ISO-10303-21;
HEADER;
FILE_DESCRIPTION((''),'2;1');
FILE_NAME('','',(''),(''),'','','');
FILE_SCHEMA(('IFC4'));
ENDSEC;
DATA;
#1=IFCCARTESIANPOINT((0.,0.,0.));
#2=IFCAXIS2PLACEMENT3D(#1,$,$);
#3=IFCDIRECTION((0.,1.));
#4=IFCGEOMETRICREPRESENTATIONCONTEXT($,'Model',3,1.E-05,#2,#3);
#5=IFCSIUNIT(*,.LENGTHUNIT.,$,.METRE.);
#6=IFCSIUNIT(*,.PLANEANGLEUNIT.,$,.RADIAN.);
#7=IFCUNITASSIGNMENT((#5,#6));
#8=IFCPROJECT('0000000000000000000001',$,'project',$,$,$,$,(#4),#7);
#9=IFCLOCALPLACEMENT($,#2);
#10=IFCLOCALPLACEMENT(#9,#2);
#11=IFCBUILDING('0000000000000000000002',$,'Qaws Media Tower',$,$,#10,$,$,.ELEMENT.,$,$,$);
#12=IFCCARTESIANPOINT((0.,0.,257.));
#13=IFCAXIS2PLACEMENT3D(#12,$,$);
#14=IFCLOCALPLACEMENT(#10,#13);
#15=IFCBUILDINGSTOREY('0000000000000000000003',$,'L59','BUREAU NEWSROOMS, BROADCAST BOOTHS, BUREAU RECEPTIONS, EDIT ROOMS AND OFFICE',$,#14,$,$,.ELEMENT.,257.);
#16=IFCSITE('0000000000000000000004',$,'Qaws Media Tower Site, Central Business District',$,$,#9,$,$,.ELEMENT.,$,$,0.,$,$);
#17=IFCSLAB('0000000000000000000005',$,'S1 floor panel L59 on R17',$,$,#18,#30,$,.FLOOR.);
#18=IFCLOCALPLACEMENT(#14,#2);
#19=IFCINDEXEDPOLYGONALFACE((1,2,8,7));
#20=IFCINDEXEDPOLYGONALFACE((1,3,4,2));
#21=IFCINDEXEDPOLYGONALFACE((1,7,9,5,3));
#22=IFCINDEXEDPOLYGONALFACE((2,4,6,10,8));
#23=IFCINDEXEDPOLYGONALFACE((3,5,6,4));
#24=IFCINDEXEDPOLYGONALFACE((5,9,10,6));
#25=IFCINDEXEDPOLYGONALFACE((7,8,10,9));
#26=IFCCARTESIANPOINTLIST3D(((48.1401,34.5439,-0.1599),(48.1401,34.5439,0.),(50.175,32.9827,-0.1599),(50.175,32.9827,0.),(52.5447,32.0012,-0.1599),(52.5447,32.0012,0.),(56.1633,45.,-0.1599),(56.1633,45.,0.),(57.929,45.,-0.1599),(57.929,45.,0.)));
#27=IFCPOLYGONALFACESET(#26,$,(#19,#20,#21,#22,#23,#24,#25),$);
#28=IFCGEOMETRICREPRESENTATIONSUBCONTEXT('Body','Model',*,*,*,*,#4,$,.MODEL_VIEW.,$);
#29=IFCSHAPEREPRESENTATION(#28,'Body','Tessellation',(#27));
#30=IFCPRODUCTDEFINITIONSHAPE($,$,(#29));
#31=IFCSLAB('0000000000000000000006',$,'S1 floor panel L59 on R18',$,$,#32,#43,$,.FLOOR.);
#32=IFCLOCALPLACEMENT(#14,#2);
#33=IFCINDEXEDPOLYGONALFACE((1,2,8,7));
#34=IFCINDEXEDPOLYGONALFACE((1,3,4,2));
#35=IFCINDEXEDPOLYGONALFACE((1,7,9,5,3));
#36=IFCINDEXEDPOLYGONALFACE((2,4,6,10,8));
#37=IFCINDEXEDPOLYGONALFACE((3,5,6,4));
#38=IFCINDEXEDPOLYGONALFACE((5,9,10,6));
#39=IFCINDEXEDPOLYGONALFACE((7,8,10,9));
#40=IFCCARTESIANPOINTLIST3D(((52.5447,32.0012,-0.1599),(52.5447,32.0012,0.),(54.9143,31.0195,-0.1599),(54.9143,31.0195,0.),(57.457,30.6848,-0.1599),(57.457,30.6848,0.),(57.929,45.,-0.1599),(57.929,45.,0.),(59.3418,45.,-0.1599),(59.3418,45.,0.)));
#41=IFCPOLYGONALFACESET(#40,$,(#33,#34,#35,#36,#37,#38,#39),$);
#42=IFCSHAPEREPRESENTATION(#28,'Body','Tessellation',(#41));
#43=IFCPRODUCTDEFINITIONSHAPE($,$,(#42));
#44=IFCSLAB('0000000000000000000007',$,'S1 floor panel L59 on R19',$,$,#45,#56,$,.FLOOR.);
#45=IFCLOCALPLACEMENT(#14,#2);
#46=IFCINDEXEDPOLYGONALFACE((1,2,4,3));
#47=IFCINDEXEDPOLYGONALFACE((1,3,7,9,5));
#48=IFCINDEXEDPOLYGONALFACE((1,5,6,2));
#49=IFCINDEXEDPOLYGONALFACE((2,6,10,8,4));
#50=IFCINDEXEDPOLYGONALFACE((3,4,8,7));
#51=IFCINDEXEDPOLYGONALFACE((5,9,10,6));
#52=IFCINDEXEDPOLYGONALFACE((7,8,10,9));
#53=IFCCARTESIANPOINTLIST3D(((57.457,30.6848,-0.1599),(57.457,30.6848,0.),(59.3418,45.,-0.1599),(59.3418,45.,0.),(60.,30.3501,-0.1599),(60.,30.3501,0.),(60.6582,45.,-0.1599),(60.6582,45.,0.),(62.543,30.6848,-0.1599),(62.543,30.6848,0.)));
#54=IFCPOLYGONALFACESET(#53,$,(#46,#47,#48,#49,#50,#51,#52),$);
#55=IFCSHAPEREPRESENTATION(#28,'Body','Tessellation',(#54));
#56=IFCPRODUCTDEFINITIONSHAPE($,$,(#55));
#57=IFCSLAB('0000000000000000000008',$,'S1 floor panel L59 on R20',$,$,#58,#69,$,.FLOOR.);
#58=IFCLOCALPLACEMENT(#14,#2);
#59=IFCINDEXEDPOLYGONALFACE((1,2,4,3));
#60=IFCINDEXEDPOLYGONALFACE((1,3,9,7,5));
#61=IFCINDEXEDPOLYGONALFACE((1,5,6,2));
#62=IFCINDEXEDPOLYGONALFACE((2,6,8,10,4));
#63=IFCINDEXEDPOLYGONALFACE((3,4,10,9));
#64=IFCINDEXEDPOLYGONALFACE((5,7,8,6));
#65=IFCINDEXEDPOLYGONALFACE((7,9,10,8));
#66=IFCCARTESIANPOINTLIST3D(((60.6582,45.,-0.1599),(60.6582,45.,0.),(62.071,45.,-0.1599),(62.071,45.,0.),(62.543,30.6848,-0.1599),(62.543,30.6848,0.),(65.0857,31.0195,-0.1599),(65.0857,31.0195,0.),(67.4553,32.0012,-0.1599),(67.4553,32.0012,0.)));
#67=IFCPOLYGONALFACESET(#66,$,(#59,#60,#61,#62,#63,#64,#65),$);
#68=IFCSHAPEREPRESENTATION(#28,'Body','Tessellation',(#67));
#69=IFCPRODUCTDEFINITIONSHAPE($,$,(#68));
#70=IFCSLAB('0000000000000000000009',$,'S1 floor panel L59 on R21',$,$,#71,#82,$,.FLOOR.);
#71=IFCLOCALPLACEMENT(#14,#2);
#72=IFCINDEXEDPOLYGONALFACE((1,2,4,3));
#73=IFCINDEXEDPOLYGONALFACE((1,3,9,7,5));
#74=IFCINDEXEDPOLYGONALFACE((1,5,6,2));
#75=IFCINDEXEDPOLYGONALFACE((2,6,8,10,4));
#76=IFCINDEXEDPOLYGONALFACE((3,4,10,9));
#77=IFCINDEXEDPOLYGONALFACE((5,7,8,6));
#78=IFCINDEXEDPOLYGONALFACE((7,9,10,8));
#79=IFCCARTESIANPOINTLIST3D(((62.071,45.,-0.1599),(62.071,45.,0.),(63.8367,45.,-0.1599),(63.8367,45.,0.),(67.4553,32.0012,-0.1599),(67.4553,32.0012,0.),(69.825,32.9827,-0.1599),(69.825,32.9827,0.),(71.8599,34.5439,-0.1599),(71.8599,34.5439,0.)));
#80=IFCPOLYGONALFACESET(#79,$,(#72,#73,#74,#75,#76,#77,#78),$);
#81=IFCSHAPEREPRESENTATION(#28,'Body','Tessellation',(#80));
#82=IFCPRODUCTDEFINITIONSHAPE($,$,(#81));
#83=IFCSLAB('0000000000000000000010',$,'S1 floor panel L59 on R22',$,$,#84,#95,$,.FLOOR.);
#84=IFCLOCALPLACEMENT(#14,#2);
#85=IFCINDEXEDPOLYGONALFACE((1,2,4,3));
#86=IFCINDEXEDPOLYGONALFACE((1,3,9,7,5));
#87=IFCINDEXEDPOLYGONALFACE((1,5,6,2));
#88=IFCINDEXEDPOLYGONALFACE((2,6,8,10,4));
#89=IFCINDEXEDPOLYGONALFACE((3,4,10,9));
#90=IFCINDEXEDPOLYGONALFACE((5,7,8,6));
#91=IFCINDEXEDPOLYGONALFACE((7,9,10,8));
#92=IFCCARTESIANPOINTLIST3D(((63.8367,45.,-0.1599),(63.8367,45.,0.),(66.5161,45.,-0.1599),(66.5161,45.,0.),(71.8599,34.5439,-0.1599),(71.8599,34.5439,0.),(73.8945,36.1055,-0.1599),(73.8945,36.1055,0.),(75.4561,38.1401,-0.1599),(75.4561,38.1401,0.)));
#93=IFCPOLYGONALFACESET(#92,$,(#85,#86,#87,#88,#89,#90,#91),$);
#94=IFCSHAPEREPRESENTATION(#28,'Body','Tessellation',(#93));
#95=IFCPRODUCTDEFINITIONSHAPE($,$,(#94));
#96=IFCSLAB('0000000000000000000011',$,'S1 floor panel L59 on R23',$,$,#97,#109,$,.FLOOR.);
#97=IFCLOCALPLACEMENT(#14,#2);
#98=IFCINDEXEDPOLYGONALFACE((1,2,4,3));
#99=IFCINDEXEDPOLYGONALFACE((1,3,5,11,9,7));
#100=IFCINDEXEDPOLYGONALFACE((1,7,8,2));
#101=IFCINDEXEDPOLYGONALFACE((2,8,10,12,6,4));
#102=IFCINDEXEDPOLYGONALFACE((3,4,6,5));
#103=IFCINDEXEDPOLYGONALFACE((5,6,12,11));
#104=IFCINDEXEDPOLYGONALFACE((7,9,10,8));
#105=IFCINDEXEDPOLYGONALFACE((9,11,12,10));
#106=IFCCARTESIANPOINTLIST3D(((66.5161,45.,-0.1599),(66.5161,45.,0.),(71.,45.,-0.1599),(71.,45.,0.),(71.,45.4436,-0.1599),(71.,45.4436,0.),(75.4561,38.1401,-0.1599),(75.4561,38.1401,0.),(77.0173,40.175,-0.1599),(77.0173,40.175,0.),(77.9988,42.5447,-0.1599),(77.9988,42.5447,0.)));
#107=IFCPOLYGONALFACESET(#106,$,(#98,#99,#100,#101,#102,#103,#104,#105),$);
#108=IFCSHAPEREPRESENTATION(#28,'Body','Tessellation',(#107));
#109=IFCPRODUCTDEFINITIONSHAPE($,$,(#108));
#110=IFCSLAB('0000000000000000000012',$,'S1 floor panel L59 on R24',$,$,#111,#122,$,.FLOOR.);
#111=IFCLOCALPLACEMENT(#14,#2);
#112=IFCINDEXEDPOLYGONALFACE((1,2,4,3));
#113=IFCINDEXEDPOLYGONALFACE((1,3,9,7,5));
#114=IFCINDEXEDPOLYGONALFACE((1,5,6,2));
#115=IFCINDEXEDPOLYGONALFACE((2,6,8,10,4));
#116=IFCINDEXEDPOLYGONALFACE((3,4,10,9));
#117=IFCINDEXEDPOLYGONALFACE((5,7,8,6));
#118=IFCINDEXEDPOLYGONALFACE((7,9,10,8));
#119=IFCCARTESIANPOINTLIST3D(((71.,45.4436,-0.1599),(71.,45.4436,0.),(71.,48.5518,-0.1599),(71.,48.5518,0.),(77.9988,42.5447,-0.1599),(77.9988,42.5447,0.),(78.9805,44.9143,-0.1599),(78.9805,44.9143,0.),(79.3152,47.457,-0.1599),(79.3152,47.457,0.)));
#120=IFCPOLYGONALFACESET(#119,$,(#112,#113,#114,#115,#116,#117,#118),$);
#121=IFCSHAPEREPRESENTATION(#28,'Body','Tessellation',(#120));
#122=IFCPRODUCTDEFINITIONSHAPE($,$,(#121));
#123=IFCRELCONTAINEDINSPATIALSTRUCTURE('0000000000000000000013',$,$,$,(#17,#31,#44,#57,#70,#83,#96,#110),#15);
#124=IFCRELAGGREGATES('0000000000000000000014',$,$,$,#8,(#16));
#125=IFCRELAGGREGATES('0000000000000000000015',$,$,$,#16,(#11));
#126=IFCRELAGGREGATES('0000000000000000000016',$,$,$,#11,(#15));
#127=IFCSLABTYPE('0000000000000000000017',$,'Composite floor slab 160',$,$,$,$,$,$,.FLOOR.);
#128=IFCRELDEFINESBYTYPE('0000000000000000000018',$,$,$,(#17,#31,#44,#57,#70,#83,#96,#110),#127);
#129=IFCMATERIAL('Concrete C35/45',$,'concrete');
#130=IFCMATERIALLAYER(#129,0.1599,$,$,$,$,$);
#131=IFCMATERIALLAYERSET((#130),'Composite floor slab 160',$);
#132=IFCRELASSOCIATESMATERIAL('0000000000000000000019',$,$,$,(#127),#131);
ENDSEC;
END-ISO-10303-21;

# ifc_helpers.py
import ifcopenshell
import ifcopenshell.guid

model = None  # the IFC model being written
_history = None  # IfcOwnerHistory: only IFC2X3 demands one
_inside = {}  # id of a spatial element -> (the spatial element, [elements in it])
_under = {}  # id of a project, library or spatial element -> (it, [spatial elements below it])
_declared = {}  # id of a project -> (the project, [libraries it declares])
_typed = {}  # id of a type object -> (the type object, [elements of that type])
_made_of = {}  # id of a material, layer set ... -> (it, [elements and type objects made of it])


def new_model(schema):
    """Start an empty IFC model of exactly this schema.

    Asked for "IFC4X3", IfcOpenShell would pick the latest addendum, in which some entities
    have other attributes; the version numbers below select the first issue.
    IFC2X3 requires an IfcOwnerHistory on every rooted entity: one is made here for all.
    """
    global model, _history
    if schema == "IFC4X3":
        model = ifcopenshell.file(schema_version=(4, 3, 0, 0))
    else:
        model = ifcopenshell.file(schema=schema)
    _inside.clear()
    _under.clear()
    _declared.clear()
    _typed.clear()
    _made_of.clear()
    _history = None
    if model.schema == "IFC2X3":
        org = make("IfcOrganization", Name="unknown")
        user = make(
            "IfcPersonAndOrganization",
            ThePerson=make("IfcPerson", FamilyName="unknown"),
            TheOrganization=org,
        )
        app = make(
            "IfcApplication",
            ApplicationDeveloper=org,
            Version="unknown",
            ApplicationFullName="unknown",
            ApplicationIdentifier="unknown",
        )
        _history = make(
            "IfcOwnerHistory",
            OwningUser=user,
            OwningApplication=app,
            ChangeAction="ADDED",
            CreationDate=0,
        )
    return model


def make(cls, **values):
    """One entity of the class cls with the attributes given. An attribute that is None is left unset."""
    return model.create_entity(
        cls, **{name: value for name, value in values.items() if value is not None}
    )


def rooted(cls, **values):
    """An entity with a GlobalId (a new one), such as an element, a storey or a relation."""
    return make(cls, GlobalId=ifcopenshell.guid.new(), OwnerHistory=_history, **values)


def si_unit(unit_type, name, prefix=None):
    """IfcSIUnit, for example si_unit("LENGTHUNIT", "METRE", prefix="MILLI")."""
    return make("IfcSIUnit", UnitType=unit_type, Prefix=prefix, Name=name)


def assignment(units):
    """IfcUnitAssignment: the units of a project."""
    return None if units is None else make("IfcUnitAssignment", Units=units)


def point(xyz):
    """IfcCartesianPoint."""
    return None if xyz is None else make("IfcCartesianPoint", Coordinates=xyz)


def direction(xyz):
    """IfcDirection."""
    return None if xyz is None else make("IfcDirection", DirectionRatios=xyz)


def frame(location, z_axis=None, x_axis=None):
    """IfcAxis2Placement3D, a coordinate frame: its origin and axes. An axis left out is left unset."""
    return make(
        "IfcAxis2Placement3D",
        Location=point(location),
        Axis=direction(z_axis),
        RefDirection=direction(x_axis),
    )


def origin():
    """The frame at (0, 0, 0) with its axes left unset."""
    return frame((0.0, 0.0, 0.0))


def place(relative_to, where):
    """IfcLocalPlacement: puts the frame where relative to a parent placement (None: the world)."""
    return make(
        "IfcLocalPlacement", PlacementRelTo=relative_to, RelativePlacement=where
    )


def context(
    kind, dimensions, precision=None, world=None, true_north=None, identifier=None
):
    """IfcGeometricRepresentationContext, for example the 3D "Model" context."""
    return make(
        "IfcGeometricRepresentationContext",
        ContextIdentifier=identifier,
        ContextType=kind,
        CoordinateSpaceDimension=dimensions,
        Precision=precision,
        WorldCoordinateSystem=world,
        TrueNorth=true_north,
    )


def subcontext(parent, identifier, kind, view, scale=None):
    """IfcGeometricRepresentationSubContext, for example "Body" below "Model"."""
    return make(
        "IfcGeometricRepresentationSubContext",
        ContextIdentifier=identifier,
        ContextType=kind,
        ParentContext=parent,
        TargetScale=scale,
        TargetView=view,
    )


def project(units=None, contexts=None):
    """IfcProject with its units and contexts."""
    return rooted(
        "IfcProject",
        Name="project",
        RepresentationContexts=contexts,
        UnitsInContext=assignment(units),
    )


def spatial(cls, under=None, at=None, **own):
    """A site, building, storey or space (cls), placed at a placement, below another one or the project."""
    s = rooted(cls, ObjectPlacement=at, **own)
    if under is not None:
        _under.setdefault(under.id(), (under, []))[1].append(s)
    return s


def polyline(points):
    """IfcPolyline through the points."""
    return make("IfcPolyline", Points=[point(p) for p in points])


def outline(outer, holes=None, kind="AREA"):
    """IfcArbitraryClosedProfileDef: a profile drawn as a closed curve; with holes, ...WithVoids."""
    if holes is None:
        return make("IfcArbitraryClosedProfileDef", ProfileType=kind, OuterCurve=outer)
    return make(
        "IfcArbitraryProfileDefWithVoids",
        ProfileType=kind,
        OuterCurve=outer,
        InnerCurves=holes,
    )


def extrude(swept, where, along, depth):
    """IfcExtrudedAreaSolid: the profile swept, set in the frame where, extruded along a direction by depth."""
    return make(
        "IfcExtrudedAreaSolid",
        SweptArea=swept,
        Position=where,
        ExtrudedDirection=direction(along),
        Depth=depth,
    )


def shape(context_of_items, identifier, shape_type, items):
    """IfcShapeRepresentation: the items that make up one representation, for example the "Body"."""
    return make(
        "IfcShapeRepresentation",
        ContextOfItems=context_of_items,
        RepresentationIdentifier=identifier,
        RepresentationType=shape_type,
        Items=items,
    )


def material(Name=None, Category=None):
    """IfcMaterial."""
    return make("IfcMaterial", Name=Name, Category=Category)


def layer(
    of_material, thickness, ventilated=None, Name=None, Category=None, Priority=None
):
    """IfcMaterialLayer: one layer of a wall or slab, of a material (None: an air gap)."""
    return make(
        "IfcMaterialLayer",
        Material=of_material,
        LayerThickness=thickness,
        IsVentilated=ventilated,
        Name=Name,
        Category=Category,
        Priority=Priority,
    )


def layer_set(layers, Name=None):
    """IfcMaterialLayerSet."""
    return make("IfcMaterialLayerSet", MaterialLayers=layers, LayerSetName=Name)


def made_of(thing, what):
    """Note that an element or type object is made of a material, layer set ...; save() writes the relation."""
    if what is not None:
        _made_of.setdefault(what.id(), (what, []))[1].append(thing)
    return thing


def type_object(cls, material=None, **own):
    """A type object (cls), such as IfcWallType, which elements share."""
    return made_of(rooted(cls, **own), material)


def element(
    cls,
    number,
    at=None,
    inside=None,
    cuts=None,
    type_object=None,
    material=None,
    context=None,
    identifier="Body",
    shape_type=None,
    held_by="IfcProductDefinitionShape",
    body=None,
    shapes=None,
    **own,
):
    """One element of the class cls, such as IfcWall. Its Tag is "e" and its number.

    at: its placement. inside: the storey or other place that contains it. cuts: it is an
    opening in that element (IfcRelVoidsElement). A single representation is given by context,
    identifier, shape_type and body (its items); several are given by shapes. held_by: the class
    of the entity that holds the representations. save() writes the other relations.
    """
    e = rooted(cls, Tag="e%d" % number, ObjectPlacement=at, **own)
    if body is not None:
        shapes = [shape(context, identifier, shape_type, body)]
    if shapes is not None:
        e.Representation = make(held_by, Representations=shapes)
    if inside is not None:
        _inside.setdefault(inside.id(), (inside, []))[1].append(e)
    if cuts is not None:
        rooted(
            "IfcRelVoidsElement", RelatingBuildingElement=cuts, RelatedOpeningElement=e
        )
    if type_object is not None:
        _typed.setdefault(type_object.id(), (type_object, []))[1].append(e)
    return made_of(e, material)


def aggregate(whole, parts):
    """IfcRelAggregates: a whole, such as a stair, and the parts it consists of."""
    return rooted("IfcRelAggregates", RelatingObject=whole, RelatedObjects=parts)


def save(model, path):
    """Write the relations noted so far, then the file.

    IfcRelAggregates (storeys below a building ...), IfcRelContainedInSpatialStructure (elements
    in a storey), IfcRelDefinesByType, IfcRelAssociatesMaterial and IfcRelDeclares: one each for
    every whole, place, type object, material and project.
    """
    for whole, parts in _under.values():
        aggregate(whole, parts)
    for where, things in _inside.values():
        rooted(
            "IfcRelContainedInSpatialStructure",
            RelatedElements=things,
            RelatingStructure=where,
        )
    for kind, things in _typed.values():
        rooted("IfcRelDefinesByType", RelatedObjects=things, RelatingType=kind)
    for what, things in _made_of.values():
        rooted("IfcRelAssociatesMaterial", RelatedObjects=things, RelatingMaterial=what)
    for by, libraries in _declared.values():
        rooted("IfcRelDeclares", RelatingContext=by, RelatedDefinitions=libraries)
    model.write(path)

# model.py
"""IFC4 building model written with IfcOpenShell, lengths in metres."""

from ifc_helpers import new_model, si_unit, direction, frame, origin, place, context, subcontext, project, spatial, polyline, outline, extrude, material, layer, layer_set, type_object, element, save


model = new_model("IFC4")

# Units and contexts
model_context = context("Model", 3, precision=1e-05, world=origin(), true_north=direction((0.0, 1.0)))
body_context = subcontext(model_context, "Body", "Model", "MODEL_VIEW")
ifc_project = project(units=[si_unit("LENGTHUNIT", "METRE"), si_unit("PLANEANGLEUNIT", "RADIAN")], contexts=[model_context])

# Site, building, storey
site_placement = place(None, origin())
site = spatial("IfcSite", under=ifc_project, at=site_placement, Name="Qaws Media Tower Site, Central Business District", CompositionType="ELEMENT", RefElevation=0.0)
building_placement = place(site_placement, origin())
building = spatial("IfcBuilding", under=site, at=building_placement, Name="Qaws Media Tower", CompositionType="ELEMENT")
storey_placement = place(building_placement, frame((0.0, 0.0, 257.0)))
storey = spatial("IfcBuildingStorey", under=building, at=storey_placement, Name="L59", Description="BUREAU NEWSROOMS, BROADCAST BOOTHS, BUREAU RECEPTIONS, EDIT ROOMS AND OFFICE", CompositionType="ELEMENT", Elevation=257.0)

# Slabs
ifc_material_1 = material(Name="Concrete C35/45", Category="concrete")
ifc_layer_1 = layer(ifc_material_1, 0.1599)
ifc_layer_set_1 = layer_set([ifc_layer_1], Name="Composite floor slab 160")
slab_type_1 = type_object("IfcSlabType", Name="Composite floor slab 160", PredefinedType="FLOOR", material=ifc_layer_set_1)
slab_1_placement = place(storey_placement, frame((0.0, 0.0, -0.1599)))
element("IfcSlab", 1, at=slab_1_placement, inside=storey, type_object=slab_type_1, Name="S1 floor panel L59 on R17", PredefinedType="FLOOR", context=body_context, shape_type="SweptSolid", body=[
    extrude(outline(polyline([(50.175, 32.9827), (48.1401, 34.5439), (56.1633, 45.0), (57.929, 45.0), (52.5447, 32.0012), (50.175, 32.9827)])), origin(), (0.0, 0.0, 1.0), 0.1599),
])
slab_2_placement = place(storey_placement, frame((0.0, 0.0, -0.1599)))
element("IfcSlab", 2, at=slab_2_placement, inside=storey, type_object=slab_type_1, Name="S1 floor panel L59 on R18", PredefinedType="FLOOR", context=body_context, shape_type="SweptSolid", body=[
    extrude(outline(polyline([(54.9143, 31.0195), (52.5447, 32.0012), (57.929, 45.0), (59.3418, 45.0), (57.457, 30.6848), (54.9143, 31.0195)])), origin(), (0.0, 0.0, 1.0), 0.1599),
])
slab_3_placement = place(storey_placement, frame((0.0, 0.0, -0.1599)))
element("IfcSlab", 3, at=slab_3_placement, inside=storey, type_object=slab_type_1, Name="S1 floor panel L59 on R19", PredefinedType="FLOOR", context=body_context, shape_type="SweptSolid", body=[
    extrude(outline(polyline([(60.0, 30.3501), (57.457, 30.6848), (59.3418, 45.0), (60.6582, 45.0), (62.543, 30.6848), (60.0, 30.3501)])), origin(), (0.0, 0.0, 1.0), 0.1599),
])
slab_4_placement = place(storey_placement, frame((0.0, 0.0, -0.1599)))
element("IfcSlab", 4, at=slab_4_placement, inside=storey, type_object=slab_type_1, Name="S1 floor panel L59 on R20", PredefinedType="FLOOR", context=body_context, shape_type="SweptSolid", body=[
    extrude(outline(polyline([(65.0857, 31.0195), (62.543, 30.6848), (60.6582, 45.0), (62.071, 45.0), (67.4553, 32.0012), (65.0857, 31.0195)])), origin(), (0.0, 0.0, 1.0), 0.1599),
])
slab_5_placement = place(storey_placement, frame((0.0, 0.0, -0.1599)))
element("IfcSlab", 5, at=slab_5_placement, inside=storey, type_object=slab_type_1, Name="S1 floor panel L59 on R21", PredefinedType="FLOOR", context=body_context, shape_type="SweptSolid", body=[
    extrude(outline(polyline([(69.825, 32.9827), (67.4553, 32.0012), (62.071, 45.0), (63.8367, 45.0), (71.8599, 34.5439), (69.825, 32.9827)])), origin(), (0.0, 0.0, 1.0), 0.1599),
])
slab_6_placement = place(storey_placement, frame((0.0, 0.0, -0.1599)))
element("IfcSlab", 6, at=slab_6_placement, inside=storey, type_object=slab_type_1, Name="S1 floor panel L59 on R22", PredefinedType="FLOOR", context=body_context, shape_type="SweptSolid", body=[
    extrude(outline(polyline([(73.8945, 36.1055), (71.8599, 34.5439), (63.8367, 45.0), (66.5161, 45.0), (75.4561, 38.1401), (73.8945, 36.1055)])), origin(), (0.0, 0.0, 1.0), 0.1599),
])
slab_7_placement = place(storey_placement, frame((0.0, 0.0, -0.1599)))
element("IfcSlab", 7, at=slab_7_placement, inside=storey, type_object=slab_type_1, Name="S1 floor panel L59 on R23", PredefinedType="FLOOR", context=body_context, shape_type="SweptSolid", body=[
    extrude(outline(polyline([(77.0173, 40.175), (75.4561, 38.1401), (66.5161, 45.0), (71.0, 45.0), (71.0, 45.4436), (77.9988, 42.5447), (77.0173, 40.175)])), origin(), (0.0, 0.0, 1.0), 0.1599),
])
slab_8_placement = place(storey_placement, frame((0.0, 0.0, -0.1599)))
element("IfcSlab", 8, at=slab_8_placement, inside=storey, type_object=slab_type_1, Name="S1 floor panel L59 on R24", PredefinedType="FLOOR", context=body_context, shape_type="SweptSolid", body=[
    extrude(outline(polyline([(77.9988, 42.5447), (71.0, 45.4436), (71.0, 48.5518), (79.3152, 47.457), (78.9805, 44.9143), (77.9988, 42.5447)])), origin(), (0.0, 0.0, 1.0), 0.1599),
])

save(model, "model.ifc")
